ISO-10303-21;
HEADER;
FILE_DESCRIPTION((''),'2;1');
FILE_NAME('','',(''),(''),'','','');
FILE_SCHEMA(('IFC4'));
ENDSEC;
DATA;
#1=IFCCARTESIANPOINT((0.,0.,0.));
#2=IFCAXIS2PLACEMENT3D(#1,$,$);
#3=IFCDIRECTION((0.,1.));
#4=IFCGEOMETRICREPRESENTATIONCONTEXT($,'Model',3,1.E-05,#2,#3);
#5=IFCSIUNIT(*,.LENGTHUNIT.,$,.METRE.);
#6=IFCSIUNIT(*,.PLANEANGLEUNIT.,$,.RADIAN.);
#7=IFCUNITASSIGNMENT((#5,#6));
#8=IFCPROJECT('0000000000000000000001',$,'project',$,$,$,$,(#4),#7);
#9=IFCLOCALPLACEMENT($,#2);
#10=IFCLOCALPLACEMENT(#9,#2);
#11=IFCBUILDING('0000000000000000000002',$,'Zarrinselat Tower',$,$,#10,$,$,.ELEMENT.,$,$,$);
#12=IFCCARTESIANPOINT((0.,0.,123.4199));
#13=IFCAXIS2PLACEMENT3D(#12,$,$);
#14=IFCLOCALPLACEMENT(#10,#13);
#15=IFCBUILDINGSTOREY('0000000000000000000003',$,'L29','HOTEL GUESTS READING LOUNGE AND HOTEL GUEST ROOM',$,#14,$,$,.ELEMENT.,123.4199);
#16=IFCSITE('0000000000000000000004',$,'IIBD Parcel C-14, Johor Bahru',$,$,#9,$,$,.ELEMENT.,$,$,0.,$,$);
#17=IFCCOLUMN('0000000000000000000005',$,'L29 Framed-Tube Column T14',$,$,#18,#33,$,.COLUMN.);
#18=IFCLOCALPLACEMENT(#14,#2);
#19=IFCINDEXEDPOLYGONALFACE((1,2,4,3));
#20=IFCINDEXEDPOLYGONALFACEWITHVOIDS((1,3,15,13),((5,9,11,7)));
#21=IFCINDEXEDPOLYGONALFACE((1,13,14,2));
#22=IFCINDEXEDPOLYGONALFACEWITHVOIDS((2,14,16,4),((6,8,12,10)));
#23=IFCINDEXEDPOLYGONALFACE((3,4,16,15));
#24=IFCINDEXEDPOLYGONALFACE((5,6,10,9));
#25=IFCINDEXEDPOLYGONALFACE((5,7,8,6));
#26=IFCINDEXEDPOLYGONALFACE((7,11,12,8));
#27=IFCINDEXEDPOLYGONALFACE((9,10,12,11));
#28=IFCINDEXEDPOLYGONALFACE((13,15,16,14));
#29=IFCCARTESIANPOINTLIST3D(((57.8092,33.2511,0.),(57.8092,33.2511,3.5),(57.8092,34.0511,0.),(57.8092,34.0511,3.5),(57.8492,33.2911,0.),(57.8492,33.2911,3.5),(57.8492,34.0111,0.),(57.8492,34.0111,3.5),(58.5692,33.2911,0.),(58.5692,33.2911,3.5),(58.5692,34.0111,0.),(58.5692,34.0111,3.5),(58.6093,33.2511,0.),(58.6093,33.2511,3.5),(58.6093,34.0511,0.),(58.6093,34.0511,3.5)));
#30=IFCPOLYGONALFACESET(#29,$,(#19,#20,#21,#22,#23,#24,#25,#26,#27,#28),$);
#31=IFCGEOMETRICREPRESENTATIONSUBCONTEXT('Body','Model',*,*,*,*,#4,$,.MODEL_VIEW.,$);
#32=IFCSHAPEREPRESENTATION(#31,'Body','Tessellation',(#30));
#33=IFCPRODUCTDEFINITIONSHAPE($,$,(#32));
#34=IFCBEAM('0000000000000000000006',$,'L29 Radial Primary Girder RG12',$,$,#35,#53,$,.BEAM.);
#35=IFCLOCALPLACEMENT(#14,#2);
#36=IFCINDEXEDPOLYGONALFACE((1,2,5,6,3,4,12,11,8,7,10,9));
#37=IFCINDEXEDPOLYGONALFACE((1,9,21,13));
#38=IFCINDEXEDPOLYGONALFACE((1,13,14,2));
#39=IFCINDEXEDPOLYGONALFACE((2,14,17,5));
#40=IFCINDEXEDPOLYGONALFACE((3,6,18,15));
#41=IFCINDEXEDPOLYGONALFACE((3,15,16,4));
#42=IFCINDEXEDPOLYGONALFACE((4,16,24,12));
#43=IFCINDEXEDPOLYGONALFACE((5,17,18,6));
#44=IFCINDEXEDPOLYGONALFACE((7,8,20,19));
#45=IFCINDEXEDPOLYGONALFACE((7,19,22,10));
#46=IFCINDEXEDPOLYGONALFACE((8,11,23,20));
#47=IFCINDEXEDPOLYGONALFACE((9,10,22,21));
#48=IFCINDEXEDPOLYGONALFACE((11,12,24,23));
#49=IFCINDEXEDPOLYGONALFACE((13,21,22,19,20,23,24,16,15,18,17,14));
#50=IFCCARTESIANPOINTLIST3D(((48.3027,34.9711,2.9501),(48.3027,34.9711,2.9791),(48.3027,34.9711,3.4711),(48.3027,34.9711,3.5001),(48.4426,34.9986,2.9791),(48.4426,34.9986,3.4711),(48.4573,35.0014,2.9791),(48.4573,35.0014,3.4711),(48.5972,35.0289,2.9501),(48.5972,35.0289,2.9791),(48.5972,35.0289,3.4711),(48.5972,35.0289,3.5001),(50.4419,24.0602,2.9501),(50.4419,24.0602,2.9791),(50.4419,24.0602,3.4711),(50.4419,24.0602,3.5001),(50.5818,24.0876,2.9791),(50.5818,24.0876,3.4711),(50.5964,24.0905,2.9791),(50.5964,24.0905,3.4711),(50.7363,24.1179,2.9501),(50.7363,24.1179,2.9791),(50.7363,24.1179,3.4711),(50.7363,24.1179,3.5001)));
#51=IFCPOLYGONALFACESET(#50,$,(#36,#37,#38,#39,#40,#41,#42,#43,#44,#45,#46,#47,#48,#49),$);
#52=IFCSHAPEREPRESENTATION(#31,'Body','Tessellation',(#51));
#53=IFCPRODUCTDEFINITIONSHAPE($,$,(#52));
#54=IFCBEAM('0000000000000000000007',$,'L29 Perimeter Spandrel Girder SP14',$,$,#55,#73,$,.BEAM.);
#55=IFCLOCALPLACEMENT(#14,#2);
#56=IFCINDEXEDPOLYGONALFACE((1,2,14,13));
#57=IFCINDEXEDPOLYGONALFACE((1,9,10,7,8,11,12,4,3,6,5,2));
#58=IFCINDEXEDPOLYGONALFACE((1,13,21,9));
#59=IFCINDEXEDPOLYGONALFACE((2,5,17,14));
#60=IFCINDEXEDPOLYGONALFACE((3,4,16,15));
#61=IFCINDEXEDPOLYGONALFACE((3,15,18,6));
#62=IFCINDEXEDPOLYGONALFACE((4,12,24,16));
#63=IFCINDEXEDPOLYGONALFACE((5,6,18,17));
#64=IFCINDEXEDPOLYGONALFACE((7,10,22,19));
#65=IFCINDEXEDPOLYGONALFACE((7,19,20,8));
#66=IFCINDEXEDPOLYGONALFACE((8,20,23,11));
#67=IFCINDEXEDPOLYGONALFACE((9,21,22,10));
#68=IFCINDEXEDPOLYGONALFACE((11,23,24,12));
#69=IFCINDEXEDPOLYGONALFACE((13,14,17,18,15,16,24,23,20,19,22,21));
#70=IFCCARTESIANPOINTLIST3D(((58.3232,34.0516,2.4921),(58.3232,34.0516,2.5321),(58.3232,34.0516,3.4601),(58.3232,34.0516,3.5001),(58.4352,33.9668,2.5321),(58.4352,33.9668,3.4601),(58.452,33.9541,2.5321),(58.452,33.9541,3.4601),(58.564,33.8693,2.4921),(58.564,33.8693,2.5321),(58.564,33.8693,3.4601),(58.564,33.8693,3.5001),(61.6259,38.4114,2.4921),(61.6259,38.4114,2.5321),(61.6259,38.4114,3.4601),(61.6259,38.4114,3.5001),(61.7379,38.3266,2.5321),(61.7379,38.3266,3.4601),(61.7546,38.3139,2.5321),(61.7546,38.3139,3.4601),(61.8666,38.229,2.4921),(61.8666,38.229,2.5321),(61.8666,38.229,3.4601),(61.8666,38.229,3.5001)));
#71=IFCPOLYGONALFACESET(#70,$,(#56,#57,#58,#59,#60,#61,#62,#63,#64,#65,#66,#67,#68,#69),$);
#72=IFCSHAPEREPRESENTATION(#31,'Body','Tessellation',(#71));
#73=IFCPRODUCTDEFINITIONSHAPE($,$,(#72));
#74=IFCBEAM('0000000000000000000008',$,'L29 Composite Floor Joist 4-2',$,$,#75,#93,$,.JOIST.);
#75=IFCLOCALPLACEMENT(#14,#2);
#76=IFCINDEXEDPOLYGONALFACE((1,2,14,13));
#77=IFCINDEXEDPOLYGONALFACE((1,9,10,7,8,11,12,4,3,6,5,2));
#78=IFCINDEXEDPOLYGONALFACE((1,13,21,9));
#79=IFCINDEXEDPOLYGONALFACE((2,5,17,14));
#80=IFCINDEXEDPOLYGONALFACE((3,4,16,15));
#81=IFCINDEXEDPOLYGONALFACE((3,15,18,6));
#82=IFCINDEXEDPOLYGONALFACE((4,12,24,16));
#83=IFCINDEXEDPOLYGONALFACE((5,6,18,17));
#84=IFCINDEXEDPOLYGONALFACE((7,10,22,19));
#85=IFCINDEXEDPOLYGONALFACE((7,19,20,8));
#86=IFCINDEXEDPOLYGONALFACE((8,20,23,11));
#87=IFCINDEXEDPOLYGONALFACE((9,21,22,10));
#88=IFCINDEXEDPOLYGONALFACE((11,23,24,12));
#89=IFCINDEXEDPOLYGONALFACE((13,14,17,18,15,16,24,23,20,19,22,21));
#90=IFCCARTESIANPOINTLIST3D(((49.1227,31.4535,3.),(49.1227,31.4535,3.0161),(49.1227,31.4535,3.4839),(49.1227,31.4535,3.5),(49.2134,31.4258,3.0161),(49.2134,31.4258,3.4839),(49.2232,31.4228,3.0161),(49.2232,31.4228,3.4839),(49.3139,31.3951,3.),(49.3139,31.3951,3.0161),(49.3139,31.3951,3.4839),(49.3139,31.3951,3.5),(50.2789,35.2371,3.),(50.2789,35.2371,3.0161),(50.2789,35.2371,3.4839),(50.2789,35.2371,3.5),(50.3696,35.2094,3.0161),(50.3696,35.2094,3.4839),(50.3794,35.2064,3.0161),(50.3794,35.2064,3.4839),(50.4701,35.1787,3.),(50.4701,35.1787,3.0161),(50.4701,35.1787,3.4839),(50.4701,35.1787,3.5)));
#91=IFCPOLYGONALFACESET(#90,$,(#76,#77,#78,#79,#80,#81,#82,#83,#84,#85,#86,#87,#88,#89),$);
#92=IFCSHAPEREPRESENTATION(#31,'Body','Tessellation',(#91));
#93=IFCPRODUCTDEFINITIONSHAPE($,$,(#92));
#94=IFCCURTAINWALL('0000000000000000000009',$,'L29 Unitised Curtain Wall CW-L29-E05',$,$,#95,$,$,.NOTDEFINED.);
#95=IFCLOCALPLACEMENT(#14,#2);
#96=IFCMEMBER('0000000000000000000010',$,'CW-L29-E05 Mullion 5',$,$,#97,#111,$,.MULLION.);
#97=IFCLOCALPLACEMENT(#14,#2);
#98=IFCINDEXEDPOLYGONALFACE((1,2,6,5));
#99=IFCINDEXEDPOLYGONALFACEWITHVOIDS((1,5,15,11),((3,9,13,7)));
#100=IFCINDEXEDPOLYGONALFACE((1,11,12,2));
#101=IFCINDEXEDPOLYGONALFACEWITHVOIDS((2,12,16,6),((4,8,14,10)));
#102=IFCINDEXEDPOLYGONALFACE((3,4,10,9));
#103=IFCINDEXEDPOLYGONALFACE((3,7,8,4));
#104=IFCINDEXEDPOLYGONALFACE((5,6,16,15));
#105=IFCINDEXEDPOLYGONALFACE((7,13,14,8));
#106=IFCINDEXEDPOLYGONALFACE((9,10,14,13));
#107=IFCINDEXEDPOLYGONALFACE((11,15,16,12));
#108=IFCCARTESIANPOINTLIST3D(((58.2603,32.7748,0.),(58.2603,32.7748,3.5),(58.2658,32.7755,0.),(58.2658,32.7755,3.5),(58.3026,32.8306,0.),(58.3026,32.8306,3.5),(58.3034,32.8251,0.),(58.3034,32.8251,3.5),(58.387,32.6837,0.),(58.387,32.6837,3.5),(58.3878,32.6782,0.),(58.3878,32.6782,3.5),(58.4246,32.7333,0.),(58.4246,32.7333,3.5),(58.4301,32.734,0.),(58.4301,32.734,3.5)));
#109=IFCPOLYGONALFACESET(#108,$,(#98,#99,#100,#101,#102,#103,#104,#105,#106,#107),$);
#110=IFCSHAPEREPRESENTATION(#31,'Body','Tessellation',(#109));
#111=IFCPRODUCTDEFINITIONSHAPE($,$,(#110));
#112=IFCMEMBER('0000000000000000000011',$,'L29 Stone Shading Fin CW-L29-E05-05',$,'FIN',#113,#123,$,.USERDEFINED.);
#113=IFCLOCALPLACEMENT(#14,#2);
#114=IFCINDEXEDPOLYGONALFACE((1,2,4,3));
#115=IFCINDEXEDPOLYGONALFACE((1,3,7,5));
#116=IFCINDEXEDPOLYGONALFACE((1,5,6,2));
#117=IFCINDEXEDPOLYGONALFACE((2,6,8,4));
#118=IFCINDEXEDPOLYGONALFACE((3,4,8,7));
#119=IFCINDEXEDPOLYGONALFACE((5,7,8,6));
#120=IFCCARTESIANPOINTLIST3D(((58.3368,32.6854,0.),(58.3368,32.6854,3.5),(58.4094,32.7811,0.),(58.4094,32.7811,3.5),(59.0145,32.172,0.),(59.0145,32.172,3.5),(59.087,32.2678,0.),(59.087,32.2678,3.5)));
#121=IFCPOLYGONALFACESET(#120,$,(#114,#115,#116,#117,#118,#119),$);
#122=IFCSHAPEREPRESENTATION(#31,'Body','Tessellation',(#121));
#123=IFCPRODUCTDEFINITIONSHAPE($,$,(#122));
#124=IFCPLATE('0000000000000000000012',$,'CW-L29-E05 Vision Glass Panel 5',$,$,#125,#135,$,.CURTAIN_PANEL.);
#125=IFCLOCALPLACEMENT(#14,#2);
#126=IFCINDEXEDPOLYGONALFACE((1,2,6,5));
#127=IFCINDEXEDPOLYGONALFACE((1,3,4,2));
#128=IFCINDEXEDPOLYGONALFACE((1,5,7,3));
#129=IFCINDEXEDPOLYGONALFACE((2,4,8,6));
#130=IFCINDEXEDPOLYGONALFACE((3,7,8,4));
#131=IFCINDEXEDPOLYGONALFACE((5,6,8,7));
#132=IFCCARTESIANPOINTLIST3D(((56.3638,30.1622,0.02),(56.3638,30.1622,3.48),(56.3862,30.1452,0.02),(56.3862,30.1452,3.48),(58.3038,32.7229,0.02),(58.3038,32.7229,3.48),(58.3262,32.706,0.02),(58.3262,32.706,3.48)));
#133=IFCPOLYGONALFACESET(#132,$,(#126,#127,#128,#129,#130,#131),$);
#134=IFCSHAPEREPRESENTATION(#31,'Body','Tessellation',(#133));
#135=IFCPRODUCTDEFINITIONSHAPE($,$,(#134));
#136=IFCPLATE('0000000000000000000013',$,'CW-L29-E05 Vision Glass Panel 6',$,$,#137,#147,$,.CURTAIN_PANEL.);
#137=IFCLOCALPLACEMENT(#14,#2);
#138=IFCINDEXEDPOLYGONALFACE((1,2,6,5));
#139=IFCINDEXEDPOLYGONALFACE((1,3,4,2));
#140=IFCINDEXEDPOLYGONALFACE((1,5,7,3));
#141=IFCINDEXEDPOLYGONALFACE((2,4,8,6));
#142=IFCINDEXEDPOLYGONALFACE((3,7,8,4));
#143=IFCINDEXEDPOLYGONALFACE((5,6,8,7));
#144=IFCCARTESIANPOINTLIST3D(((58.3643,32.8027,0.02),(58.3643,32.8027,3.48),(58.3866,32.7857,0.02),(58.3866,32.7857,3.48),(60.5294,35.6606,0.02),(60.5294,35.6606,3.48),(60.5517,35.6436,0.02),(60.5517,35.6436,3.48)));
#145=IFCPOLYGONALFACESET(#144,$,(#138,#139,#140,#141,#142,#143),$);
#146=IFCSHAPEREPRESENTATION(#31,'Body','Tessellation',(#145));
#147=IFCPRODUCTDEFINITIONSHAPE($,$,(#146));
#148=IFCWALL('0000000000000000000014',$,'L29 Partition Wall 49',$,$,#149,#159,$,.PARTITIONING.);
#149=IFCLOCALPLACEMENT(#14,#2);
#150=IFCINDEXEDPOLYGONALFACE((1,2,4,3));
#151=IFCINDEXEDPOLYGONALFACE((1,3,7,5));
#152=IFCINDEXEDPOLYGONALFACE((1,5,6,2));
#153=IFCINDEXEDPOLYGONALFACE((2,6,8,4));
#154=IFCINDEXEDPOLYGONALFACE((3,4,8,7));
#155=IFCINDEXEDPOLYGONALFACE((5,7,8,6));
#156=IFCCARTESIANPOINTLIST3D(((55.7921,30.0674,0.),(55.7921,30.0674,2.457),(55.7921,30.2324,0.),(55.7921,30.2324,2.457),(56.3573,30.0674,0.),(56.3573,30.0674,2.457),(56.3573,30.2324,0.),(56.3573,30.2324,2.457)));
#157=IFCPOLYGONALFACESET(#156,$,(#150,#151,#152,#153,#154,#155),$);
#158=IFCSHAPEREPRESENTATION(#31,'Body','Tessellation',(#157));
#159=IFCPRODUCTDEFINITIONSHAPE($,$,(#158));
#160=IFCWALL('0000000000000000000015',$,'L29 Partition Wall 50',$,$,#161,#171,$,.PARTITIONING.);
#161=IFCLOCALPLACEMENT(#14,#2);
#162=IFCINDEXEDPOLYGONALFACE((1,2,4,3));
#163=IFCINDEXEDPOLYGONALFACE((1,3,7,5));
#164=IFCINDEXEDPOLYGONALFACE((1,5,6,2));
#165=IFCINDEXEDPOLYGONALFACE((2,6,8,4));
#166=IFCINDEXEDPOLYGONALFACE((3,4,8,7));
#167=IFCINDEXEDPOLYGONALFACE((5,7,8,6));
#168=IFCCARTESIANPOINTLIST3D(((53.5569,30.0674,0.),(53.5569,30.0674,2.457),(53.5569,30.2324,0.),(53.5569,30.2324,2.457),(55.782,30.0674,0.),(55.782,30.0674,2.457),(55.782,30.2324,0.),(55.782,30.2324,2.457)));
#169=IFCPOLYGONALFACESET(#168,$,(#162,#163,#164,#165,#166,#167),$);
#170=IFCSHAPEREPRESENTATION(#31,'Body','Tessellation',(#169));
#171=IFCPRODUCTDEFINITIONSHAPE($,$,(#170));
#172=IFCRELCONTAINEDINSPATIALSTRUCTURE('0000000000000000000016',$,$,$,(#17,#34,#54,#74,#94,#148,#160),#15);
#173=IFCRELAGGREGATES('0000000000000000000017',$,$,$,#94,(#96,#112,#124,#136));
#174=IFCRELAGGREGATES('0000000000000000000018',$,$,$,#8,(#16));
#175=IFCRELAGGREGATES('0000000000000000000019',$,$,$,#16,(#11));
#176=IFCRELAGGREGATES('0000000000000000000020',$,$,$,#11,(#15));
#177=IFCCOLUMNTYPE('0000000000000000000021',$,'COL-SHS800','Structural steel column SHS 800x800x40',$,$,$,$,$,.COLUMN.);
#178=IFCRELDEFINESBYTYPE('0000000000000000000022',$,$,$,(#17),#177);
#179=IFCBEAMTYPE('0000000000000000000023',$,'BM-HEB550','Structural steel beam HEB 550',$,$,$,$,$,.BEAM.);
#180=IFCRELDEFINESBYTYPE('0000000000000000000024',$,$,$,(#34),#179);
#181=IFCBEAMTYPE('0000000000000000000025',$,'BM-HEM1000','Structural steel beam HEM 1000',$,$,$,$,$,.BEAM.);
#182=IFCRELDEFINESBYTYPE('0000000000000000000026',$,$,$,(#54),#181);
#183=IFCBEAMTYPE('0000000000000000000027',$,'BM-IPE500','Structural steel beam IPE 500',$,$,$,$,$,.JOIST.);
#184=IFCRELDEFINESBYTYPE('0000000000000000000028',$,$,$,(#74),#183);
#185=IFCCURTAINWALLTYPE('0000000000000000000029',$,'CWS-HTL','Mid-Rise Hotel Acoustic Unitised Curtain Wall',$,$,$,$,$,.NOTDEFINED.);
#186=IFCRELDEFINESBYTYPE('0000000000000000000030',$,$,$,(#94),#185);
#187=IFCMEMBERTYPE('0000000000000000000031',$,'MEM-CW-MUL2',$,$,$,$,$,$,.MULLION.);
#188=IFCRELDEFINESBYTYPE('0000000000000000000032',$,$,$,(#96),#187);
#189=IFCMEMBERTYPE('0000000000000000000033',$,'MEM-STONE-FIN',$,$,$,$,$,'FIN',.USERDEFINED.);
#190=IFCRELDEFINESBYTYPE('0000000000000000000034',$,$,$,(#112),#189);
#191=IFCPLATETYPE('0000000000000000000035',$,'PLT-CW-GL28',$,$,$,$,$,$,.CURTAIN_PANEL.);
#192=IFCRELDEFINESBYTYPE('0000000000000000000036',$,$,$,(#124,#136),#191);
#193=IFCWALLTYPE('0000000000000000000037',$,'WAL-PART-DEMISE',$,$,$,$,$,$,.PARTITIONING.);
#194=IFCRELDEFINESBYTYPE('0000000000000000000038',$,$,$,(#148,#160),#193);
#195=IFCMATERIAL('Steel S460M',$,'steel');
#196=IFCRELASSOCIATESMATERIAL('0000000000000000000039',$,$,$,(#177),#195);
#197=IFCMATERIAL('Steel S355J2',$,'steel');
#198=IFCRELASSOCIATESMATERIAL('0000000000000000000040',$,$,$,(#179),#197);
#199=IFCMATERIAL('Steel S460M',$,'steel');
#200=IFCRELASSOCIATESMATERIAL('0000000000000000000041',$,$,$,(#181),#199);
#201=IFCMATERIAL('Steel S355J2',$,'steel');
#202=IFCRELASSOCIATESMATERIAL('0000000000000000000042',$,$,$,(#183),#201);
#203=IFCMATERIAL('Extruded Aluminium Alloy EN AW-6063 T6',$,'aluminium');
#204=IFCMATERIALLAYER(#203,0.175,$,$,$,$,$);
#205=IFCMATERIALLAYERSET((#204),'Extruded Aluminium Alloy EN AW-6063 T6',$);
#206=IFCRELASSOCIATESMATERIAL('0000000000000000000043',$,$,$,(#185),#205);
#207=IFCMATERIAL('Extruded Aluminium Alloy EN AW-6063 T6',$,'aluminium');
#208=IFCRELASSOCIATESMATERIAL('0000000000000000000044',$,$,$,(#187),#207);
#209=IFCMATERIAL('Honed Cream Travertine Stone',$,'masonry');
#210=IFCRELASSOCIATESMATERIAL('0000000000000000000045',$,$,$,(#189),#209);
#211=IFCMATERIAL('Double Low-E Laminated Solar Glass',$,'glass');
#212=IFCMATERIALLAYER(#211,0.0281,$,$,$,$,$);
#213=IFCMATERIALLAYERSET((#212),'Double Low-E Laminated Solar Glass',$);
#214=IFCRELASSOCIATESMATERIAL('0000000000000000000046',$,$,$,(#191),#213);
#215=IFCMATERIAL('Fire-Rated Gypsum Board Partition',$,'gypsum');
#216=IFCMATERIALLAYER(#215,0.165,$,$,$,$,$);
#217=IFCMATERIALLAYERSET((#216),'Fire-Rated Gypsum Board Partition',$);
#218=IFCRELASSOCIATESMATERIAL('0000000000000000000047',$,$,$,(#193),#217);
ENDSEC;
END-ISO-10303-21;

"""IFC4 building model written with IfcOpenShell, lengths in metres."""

from ifc_helpers import new_model, si_unit, direction, frame, frame_2d, origin, origin_2d, place, context, subcontext, project, spatial, rectangle, hollow_rectangle, i_section, extrude, material, layer, layer_set, material_profile, profile_set, type_object, element, aggregate, save


model = new_model("IFC4")

# Units and contexts
model_context = context("Model", 3, precision=1e-05, world=origin(), true_north=direction((0.0, 1.0)))
body_context = subcontext(model_context, "Body", "Model", "MODEL_VIEW")
ifc_project = project(units=[si_unit("LENGTHUNIT", "METRE"), si_unit("PLANEANGLEUNIT", "RADIAN")], contexts=[model_context])

# Site, building, storey
site_placement = place(None, origin())
site = spatial("IfcSite", under=ifc_project, at=site_placement, Name="IIBD Parcel C-14, Johor Bahru", CompositionType="ELEMENT", RefElevation=0.0)
building_placement = place(site_placement, origin())
building = spatial("IfcBuilding", under=site, at=building_placement, Name="Zarrinselat Tower", CompositionType="ELEMENT")
storey_placement = place(building_placement, frame((0.0, 0.0, 123.4199)))
storey = spatial("IfcBuildingStorey", under=building, at=storey_placement, Name="L29", Description="HOTEL GUESTS READING LOUNGE AND HOTEL GUEST ROOM", CompositionType="ELEMENT", Elevation=123.4199)

# Column
ifc_material_1 = material(Name="Steel S460M", Category="steel")
ifc_material_profile_1 = material_profile(ifc_material_1, hollow_rectangle(XDim=0.8, YDim=0.8, WallThickness=0.04, at=origin_2d()), Name="SHS 800x800x40")
ifc_profile_set_1 = profile_set([ifc_material_profile_1], Name="Steel S460M")
column_type = type_object("IfcColumnType", Name="COL-SHS800", Description="Structural steel column SHS 800x800x40", PredefinedType="COLUMN", material=ifc_profile_set_1)
column_placement = place(storey_placement, frame((58.2092, 33.6511, 0.0), z_axis=(0.0, 0.0, 1.0), x_axis=(1.0, 0.0, 0.0)))
element("IfcColumn", 1, at=column_placement, inside=storey, type_object=column_type, Name="L29 Framed-Tube Column T14", PredefinedType="COLUMN", context=body_context, shape_type="SweptSolid", body=[
    extrude(hollow_rectangle(XDim=0.8, YDim=0.8, WallThickness=0.04, at=origin_2d()), origin(), (0.0, 0.0, 1.0), 3.5),
])

# Beams
ifc_material_2 = material(Name="Steel S355J2", Category="steel")
ifc_material_profile_2 = material_profile(ifc_material_2, i_section(OverallWidth=0.3, OverallDepth=0.55, WebThickness=0.0149, FlangeThickness=0.0291, at=origin_2d()), Name="HEB 550")
ifc_profile_set_2 = profile_set([ifc_material_profile_2], Name="Steel S355J2")
beam_type_1 = type_object("IfcBeamType", Name="BM-HEB550", Description="Structural steel beam HEB 550", PredefinedType="BEAM", material=ifc_profile_set_2)
beam_1_placement = place(storey_placement, frame((48.45, 35.0, 3.2251), z_axis=(0.192395, -0.981318, 0.0), x_axis=(0.981318, 0.192395, 0.0)))
element("IfcBeam", 2, at=beam_1_placement, inside=storey, type_object=beam_type_1, Name="L29 Radial Primary Girder RG12", PredefinedType="BEAM", context=body_context, shape_type="SweptSolid", body=[
    extrude(i_section(OverallWidth=0.3, OverallDepth=0.55, WebThickness=0.0149, FlangeThickness=0.0291, at=origin_2d()), origin(), (0.0, 0.0, 1.0), 11.1187),
])
ifc_material_3 = material(Name="Steel S460M", Category="steel")
ifc_material_profile_3 = material_profile(ifc_material_3, i_section(OverallWidth=0.302, OverallDepth=1.0081, WebThickness=0.021, FlangeThickness=0.04, at=origin_2d()), Name="HEM 1000")
ifc_profile_set_3 = profile_set([ifc_material_profile_3], Name="Steel S460M")
beam_type_2 = type_object("IfcBeamType", Name="BM-HEM1000", Description="Structural steel beam HEM 1000", PredefinedType="BEAM", material=ifc_profile_set_3)
beam_2_placement = place(storey_placement, frame((58.4436, 33.9604, 2.9961), z_axis=(0.603835, 0.797109, 0.0), x_axis=(-0.797109, 0.603835, 0.0)))
element("IfcBeam", 3, at=beam_2_placement, inside=storey, type_object=beam_type_2, Name="L29 Perimeter Spandrel Girder SP14", PredefinedType="BEAM", context=body_context, shape_type="SweptSolid", body=[
    extrude(i_section(OverallWidth=0.302, OverallDepth=1.0081, WebThickness=0.021, FlangeThickness=0.04, at=origin_2d()), origin(), (0.0, 0.0, 1.0), 5.4695),
])
ifc_material_4 = material(Name="Steel S355J2", Category="steel")
ifc_material_profile_4 = material_profile(ifc_material_4, i_section(OverallWidth=0.2, OverallDepth=0.5, WebThickness=0.0103, FlangeThickness=0.0161, at=origin_2d()), Name="IPE 500")
ifc_profile_set_4 = profile_set([ifc_material_profile_4], Name="Steel S355J2")
beam_type_3 = type_object("IfcBeamType", Name="BM-IPE500", Description="Structural steel beam IPE 500", PredefinedType="JOIST", material=ifc_profile_set_4)
beam_3_placement = place(storey_placement, frame((49.2183, 31.4243, 3.25), z_axis=(0.292247, 0.956343, 0.0), x_axis=(-0.956343, 0.292247, 0.0)))
element("IfcBeam", 4, at=beam_3_placement, inside=storey, type_object=beam_type_3, Name="L29 Composite Floor Joist 4-2", PredefinedType="JOIST", context=body_context, shape_type="SweptSolid", body=[
    extrude(i_section(OverallWidth=0.2, OverallDepth=0.5, WebThickness=0.0103, FlangeThickness=0.0161, at=origin_2d()), origin(), (0.0, 0.0, 1.0), 3.9563),
])

# Curtain wall, members, plates
ifc_material_5 = material(Name="Extruded Aluminium Alloy EN AW-6063 T6", Category="aluminium")
ifc_layer_1 = layer(ifc_material_5, 0.175)
ifc_layer_set_1 = layer_set([ifc_layer_1], Name="Extruded Aluminium Alloy EN AW-6063 T6")
curtain_wall_type = type_object("IfcCurtainWallType", Name="CWS-HTL", Description="Mid-Rise Hotel Acoustic Unitised Curtain Wall", PredefinedType="NOTDEFINED", material=ifc_layer_set_1)
curtain_wall_placement = place(storey_placement, origin())
curtain_wall = element("IfcCurtainWall", 5, at=curtain_wall_placement, inside=storey, type_object=curtain_wall_type, Name="L29 Unitised Curtain Wall CW-L29-E05", PredefinedType="NOTDEFINED")
ifc_material_6 = material(Name="Extruded Aluminium Alloy EN AW-6063 T6", Category="aluminium")
ifc_material_profile_5 = material_profile(ifc_material_6, hollow_rectangle(XDim=0.0701, YDim=0.1599, WallThickness=0.0039, at=origin_2d()), Name="RHS 160x70x4")
ifc_profile_set_5 = profile_set([ifc_material_profile_5], Name="Extruded Aluminium Alloy EN AW-6063 T6")
member_type_1 = type_object("IfcMemberType", Name="MEM-CW-MUL2", PredefinedType="MULLION", material=ifc_profile_set_5)
member_1_placement = place(storey_placement, frame((58.3452, 32.7544, 0.0), z_axis=(0.0, 0.0, 1.0), x_axis=(0.603858, 0.797092, 0.0)))
member_1 = element("IfcMember", 6, at=member_1_placement, type_object=member_type_1, Name="CW-L29-E05 Mullion 5", PredefinedType="MULLION", context=body_context, shape_type="SweptSolid", body=[
    extrude(hollow_rectangle(XDim=0.0701, YDim=0.1599, WallThickness=0.0039, at=origin_2d()), origin(), (0.0, 0.0, 1.0), 3.5),
])
ifc_material_7 = material(Name="Honed Cream Travertine Stone", Category="masonry")
ifc_material_profile_6 = material_profile(ifc_material_7, rectangle(XDim=0.1201, YDim=0.8501, at=origin_2d()), Name="FIN 850x120")
ifc_profile_set_6 = profile_set([ifc_material_profile_6], Name="Honed Cream Travertine Stone")
member_type_2 = type_object("IfcMemberType", Name="MEM-STONE-FIN", ElementType="FIN", PredefinedType="USERDEFINED", material=ifc_profile_set_6)
member_2_placement = place(storey_placement, frame((58.7119, 32.4766, 0.0), z_axis=(0.0, 0.0, 1.0), x_axis=(-0.603858, -0.797092, 0.0)))
member_2 = element("IfcMember", 7, at=member_2_placement, type_object=member_type_2, Name="L29 Stone Shading Fin CW-L29-E05-05", ObjectType="FIN", PredefinedType="USERDEFINED", context=body_context, shape_type="SweptSolid", body=[
    extrude(rectangle(XDim=0.1201, YDim=0.8501, at=origin_2d()), origin(), (0.0, 0.0, 1.0), 3.5),
])
ifc_material_8 = material(Name="Double Low-E Laminated Solar Glass", Category="glass")
ifc_layer_2 = layer(ifc_material_8, 0.0281)
ifc_layer_set_2 = layer_set([ifc_layer_2], Name="Double Low-E Laminated Solar Glass")
plate_type = type_object("IfcPlateType", Name="PLT-CW-GL28", PredefinedType="CURTAIN_PANEL", material=ifc_layer_set_2)
plate_1_placement = place(storey_placement, frame((57.345, 31.4341, 0.02), z_axis=(0.0, 0.0, 1.0), x_axis=(0.603858, 0.797092, 0.0)))
plate_1 = element("IfcPlate", 8, at=plate_1_placement, type_object=plate_type, Name="CW-L29-E05 Vision Glass Panel 5", PredefinedType="CURTAIN_PANEL", context=body_context, shape_type="SweptSolid", body=[
    extrude(rectangle(XDim=3.2126, YDim=0.0281, at=origin_2d()), origin(), (0.0, 0.0, 1.0), 3.46),
])
plate_2_placement = place(storey_placement, frame((59.458, 34.2231, 0.02), z_axis=(0.0, 0.0, 1.0), x_axis=(0.603858, 0.797092, 0.0)))
plate_2 = element("IfcPlate", 9, at=plate_2_placement, type_object=plate_type, Name="CW-L29-E05 Vision Glass Panel 6", PredefinedType="CURTAIN_PANEL", context=body_context, shape_type="SweptSolid", body=[
    extrude(rectangle(XDim=3.5854, YDim=0.0281, at=origin_2d()), origin(), (0.0, 0.0, 1.0), 3.46),
])
aggregate(curtain_wall, [member_1, member_2, plate_1, plate_2])

# Walls
ifc_material_9 = material(Name="Fire-Rated Gypsum Board Partition", Category="gypsum")
ifc_layer_3 = layer(ifc_material_9, 0.165)
ifc_layer_set_3 = layer_set([ifc_layer_3], Name="Fire-Rated Gypsum Board Partition")
wall_type_1 = type_object("IfcWallType", Name="WAL-PART-DEMISE", PredefinedType="PARTITIONING", material=ifc_layer_set_3)
wall_1_placement = place(storey_placement, frame((55.792, 30.1499, 0.0), z_axis=(0.0, 0.0, 1.0), x_axis=(1.0, 0.0, 0.0)))
element("IfcWall", 10, at=wall_1_placement, inside=storey, type_object=wall_type_1, Name="L29 Partition Wall 49", PredefinedType="PARTITIONING", context=body_context, shape_type="SweptSolid", body=[
    extrude(rectangle(XDim=0.5652, YDim=0.165, at=frame_2d((0.2827, 0.0))), origin(), (0.0, 0.0, 1.0), 2.457),
])
wall_2_placement = place(storey_placement, frame((53.5569, 30.1499, 0.0), z_axis=(0.0, 0.0, 1.0), x_axis=(1.0, 0.0, 0.0)))
element("IfcWall", 11, at=wall_2_placement, inside=storey, type_object=wall_type_1, Name="L29 Partition Wall 50", PredefinedType="PARTITIONING", context=body_context, shape_type="SweptSolid", body=[
    extrude(rectangle(XDim=2.2251, YDim=0.165, at=frame_2d((1.1125, 0.0))), origin(), (0.0, 0.0, 1.0), 2.457),
])

save(model, "model.ifc")
